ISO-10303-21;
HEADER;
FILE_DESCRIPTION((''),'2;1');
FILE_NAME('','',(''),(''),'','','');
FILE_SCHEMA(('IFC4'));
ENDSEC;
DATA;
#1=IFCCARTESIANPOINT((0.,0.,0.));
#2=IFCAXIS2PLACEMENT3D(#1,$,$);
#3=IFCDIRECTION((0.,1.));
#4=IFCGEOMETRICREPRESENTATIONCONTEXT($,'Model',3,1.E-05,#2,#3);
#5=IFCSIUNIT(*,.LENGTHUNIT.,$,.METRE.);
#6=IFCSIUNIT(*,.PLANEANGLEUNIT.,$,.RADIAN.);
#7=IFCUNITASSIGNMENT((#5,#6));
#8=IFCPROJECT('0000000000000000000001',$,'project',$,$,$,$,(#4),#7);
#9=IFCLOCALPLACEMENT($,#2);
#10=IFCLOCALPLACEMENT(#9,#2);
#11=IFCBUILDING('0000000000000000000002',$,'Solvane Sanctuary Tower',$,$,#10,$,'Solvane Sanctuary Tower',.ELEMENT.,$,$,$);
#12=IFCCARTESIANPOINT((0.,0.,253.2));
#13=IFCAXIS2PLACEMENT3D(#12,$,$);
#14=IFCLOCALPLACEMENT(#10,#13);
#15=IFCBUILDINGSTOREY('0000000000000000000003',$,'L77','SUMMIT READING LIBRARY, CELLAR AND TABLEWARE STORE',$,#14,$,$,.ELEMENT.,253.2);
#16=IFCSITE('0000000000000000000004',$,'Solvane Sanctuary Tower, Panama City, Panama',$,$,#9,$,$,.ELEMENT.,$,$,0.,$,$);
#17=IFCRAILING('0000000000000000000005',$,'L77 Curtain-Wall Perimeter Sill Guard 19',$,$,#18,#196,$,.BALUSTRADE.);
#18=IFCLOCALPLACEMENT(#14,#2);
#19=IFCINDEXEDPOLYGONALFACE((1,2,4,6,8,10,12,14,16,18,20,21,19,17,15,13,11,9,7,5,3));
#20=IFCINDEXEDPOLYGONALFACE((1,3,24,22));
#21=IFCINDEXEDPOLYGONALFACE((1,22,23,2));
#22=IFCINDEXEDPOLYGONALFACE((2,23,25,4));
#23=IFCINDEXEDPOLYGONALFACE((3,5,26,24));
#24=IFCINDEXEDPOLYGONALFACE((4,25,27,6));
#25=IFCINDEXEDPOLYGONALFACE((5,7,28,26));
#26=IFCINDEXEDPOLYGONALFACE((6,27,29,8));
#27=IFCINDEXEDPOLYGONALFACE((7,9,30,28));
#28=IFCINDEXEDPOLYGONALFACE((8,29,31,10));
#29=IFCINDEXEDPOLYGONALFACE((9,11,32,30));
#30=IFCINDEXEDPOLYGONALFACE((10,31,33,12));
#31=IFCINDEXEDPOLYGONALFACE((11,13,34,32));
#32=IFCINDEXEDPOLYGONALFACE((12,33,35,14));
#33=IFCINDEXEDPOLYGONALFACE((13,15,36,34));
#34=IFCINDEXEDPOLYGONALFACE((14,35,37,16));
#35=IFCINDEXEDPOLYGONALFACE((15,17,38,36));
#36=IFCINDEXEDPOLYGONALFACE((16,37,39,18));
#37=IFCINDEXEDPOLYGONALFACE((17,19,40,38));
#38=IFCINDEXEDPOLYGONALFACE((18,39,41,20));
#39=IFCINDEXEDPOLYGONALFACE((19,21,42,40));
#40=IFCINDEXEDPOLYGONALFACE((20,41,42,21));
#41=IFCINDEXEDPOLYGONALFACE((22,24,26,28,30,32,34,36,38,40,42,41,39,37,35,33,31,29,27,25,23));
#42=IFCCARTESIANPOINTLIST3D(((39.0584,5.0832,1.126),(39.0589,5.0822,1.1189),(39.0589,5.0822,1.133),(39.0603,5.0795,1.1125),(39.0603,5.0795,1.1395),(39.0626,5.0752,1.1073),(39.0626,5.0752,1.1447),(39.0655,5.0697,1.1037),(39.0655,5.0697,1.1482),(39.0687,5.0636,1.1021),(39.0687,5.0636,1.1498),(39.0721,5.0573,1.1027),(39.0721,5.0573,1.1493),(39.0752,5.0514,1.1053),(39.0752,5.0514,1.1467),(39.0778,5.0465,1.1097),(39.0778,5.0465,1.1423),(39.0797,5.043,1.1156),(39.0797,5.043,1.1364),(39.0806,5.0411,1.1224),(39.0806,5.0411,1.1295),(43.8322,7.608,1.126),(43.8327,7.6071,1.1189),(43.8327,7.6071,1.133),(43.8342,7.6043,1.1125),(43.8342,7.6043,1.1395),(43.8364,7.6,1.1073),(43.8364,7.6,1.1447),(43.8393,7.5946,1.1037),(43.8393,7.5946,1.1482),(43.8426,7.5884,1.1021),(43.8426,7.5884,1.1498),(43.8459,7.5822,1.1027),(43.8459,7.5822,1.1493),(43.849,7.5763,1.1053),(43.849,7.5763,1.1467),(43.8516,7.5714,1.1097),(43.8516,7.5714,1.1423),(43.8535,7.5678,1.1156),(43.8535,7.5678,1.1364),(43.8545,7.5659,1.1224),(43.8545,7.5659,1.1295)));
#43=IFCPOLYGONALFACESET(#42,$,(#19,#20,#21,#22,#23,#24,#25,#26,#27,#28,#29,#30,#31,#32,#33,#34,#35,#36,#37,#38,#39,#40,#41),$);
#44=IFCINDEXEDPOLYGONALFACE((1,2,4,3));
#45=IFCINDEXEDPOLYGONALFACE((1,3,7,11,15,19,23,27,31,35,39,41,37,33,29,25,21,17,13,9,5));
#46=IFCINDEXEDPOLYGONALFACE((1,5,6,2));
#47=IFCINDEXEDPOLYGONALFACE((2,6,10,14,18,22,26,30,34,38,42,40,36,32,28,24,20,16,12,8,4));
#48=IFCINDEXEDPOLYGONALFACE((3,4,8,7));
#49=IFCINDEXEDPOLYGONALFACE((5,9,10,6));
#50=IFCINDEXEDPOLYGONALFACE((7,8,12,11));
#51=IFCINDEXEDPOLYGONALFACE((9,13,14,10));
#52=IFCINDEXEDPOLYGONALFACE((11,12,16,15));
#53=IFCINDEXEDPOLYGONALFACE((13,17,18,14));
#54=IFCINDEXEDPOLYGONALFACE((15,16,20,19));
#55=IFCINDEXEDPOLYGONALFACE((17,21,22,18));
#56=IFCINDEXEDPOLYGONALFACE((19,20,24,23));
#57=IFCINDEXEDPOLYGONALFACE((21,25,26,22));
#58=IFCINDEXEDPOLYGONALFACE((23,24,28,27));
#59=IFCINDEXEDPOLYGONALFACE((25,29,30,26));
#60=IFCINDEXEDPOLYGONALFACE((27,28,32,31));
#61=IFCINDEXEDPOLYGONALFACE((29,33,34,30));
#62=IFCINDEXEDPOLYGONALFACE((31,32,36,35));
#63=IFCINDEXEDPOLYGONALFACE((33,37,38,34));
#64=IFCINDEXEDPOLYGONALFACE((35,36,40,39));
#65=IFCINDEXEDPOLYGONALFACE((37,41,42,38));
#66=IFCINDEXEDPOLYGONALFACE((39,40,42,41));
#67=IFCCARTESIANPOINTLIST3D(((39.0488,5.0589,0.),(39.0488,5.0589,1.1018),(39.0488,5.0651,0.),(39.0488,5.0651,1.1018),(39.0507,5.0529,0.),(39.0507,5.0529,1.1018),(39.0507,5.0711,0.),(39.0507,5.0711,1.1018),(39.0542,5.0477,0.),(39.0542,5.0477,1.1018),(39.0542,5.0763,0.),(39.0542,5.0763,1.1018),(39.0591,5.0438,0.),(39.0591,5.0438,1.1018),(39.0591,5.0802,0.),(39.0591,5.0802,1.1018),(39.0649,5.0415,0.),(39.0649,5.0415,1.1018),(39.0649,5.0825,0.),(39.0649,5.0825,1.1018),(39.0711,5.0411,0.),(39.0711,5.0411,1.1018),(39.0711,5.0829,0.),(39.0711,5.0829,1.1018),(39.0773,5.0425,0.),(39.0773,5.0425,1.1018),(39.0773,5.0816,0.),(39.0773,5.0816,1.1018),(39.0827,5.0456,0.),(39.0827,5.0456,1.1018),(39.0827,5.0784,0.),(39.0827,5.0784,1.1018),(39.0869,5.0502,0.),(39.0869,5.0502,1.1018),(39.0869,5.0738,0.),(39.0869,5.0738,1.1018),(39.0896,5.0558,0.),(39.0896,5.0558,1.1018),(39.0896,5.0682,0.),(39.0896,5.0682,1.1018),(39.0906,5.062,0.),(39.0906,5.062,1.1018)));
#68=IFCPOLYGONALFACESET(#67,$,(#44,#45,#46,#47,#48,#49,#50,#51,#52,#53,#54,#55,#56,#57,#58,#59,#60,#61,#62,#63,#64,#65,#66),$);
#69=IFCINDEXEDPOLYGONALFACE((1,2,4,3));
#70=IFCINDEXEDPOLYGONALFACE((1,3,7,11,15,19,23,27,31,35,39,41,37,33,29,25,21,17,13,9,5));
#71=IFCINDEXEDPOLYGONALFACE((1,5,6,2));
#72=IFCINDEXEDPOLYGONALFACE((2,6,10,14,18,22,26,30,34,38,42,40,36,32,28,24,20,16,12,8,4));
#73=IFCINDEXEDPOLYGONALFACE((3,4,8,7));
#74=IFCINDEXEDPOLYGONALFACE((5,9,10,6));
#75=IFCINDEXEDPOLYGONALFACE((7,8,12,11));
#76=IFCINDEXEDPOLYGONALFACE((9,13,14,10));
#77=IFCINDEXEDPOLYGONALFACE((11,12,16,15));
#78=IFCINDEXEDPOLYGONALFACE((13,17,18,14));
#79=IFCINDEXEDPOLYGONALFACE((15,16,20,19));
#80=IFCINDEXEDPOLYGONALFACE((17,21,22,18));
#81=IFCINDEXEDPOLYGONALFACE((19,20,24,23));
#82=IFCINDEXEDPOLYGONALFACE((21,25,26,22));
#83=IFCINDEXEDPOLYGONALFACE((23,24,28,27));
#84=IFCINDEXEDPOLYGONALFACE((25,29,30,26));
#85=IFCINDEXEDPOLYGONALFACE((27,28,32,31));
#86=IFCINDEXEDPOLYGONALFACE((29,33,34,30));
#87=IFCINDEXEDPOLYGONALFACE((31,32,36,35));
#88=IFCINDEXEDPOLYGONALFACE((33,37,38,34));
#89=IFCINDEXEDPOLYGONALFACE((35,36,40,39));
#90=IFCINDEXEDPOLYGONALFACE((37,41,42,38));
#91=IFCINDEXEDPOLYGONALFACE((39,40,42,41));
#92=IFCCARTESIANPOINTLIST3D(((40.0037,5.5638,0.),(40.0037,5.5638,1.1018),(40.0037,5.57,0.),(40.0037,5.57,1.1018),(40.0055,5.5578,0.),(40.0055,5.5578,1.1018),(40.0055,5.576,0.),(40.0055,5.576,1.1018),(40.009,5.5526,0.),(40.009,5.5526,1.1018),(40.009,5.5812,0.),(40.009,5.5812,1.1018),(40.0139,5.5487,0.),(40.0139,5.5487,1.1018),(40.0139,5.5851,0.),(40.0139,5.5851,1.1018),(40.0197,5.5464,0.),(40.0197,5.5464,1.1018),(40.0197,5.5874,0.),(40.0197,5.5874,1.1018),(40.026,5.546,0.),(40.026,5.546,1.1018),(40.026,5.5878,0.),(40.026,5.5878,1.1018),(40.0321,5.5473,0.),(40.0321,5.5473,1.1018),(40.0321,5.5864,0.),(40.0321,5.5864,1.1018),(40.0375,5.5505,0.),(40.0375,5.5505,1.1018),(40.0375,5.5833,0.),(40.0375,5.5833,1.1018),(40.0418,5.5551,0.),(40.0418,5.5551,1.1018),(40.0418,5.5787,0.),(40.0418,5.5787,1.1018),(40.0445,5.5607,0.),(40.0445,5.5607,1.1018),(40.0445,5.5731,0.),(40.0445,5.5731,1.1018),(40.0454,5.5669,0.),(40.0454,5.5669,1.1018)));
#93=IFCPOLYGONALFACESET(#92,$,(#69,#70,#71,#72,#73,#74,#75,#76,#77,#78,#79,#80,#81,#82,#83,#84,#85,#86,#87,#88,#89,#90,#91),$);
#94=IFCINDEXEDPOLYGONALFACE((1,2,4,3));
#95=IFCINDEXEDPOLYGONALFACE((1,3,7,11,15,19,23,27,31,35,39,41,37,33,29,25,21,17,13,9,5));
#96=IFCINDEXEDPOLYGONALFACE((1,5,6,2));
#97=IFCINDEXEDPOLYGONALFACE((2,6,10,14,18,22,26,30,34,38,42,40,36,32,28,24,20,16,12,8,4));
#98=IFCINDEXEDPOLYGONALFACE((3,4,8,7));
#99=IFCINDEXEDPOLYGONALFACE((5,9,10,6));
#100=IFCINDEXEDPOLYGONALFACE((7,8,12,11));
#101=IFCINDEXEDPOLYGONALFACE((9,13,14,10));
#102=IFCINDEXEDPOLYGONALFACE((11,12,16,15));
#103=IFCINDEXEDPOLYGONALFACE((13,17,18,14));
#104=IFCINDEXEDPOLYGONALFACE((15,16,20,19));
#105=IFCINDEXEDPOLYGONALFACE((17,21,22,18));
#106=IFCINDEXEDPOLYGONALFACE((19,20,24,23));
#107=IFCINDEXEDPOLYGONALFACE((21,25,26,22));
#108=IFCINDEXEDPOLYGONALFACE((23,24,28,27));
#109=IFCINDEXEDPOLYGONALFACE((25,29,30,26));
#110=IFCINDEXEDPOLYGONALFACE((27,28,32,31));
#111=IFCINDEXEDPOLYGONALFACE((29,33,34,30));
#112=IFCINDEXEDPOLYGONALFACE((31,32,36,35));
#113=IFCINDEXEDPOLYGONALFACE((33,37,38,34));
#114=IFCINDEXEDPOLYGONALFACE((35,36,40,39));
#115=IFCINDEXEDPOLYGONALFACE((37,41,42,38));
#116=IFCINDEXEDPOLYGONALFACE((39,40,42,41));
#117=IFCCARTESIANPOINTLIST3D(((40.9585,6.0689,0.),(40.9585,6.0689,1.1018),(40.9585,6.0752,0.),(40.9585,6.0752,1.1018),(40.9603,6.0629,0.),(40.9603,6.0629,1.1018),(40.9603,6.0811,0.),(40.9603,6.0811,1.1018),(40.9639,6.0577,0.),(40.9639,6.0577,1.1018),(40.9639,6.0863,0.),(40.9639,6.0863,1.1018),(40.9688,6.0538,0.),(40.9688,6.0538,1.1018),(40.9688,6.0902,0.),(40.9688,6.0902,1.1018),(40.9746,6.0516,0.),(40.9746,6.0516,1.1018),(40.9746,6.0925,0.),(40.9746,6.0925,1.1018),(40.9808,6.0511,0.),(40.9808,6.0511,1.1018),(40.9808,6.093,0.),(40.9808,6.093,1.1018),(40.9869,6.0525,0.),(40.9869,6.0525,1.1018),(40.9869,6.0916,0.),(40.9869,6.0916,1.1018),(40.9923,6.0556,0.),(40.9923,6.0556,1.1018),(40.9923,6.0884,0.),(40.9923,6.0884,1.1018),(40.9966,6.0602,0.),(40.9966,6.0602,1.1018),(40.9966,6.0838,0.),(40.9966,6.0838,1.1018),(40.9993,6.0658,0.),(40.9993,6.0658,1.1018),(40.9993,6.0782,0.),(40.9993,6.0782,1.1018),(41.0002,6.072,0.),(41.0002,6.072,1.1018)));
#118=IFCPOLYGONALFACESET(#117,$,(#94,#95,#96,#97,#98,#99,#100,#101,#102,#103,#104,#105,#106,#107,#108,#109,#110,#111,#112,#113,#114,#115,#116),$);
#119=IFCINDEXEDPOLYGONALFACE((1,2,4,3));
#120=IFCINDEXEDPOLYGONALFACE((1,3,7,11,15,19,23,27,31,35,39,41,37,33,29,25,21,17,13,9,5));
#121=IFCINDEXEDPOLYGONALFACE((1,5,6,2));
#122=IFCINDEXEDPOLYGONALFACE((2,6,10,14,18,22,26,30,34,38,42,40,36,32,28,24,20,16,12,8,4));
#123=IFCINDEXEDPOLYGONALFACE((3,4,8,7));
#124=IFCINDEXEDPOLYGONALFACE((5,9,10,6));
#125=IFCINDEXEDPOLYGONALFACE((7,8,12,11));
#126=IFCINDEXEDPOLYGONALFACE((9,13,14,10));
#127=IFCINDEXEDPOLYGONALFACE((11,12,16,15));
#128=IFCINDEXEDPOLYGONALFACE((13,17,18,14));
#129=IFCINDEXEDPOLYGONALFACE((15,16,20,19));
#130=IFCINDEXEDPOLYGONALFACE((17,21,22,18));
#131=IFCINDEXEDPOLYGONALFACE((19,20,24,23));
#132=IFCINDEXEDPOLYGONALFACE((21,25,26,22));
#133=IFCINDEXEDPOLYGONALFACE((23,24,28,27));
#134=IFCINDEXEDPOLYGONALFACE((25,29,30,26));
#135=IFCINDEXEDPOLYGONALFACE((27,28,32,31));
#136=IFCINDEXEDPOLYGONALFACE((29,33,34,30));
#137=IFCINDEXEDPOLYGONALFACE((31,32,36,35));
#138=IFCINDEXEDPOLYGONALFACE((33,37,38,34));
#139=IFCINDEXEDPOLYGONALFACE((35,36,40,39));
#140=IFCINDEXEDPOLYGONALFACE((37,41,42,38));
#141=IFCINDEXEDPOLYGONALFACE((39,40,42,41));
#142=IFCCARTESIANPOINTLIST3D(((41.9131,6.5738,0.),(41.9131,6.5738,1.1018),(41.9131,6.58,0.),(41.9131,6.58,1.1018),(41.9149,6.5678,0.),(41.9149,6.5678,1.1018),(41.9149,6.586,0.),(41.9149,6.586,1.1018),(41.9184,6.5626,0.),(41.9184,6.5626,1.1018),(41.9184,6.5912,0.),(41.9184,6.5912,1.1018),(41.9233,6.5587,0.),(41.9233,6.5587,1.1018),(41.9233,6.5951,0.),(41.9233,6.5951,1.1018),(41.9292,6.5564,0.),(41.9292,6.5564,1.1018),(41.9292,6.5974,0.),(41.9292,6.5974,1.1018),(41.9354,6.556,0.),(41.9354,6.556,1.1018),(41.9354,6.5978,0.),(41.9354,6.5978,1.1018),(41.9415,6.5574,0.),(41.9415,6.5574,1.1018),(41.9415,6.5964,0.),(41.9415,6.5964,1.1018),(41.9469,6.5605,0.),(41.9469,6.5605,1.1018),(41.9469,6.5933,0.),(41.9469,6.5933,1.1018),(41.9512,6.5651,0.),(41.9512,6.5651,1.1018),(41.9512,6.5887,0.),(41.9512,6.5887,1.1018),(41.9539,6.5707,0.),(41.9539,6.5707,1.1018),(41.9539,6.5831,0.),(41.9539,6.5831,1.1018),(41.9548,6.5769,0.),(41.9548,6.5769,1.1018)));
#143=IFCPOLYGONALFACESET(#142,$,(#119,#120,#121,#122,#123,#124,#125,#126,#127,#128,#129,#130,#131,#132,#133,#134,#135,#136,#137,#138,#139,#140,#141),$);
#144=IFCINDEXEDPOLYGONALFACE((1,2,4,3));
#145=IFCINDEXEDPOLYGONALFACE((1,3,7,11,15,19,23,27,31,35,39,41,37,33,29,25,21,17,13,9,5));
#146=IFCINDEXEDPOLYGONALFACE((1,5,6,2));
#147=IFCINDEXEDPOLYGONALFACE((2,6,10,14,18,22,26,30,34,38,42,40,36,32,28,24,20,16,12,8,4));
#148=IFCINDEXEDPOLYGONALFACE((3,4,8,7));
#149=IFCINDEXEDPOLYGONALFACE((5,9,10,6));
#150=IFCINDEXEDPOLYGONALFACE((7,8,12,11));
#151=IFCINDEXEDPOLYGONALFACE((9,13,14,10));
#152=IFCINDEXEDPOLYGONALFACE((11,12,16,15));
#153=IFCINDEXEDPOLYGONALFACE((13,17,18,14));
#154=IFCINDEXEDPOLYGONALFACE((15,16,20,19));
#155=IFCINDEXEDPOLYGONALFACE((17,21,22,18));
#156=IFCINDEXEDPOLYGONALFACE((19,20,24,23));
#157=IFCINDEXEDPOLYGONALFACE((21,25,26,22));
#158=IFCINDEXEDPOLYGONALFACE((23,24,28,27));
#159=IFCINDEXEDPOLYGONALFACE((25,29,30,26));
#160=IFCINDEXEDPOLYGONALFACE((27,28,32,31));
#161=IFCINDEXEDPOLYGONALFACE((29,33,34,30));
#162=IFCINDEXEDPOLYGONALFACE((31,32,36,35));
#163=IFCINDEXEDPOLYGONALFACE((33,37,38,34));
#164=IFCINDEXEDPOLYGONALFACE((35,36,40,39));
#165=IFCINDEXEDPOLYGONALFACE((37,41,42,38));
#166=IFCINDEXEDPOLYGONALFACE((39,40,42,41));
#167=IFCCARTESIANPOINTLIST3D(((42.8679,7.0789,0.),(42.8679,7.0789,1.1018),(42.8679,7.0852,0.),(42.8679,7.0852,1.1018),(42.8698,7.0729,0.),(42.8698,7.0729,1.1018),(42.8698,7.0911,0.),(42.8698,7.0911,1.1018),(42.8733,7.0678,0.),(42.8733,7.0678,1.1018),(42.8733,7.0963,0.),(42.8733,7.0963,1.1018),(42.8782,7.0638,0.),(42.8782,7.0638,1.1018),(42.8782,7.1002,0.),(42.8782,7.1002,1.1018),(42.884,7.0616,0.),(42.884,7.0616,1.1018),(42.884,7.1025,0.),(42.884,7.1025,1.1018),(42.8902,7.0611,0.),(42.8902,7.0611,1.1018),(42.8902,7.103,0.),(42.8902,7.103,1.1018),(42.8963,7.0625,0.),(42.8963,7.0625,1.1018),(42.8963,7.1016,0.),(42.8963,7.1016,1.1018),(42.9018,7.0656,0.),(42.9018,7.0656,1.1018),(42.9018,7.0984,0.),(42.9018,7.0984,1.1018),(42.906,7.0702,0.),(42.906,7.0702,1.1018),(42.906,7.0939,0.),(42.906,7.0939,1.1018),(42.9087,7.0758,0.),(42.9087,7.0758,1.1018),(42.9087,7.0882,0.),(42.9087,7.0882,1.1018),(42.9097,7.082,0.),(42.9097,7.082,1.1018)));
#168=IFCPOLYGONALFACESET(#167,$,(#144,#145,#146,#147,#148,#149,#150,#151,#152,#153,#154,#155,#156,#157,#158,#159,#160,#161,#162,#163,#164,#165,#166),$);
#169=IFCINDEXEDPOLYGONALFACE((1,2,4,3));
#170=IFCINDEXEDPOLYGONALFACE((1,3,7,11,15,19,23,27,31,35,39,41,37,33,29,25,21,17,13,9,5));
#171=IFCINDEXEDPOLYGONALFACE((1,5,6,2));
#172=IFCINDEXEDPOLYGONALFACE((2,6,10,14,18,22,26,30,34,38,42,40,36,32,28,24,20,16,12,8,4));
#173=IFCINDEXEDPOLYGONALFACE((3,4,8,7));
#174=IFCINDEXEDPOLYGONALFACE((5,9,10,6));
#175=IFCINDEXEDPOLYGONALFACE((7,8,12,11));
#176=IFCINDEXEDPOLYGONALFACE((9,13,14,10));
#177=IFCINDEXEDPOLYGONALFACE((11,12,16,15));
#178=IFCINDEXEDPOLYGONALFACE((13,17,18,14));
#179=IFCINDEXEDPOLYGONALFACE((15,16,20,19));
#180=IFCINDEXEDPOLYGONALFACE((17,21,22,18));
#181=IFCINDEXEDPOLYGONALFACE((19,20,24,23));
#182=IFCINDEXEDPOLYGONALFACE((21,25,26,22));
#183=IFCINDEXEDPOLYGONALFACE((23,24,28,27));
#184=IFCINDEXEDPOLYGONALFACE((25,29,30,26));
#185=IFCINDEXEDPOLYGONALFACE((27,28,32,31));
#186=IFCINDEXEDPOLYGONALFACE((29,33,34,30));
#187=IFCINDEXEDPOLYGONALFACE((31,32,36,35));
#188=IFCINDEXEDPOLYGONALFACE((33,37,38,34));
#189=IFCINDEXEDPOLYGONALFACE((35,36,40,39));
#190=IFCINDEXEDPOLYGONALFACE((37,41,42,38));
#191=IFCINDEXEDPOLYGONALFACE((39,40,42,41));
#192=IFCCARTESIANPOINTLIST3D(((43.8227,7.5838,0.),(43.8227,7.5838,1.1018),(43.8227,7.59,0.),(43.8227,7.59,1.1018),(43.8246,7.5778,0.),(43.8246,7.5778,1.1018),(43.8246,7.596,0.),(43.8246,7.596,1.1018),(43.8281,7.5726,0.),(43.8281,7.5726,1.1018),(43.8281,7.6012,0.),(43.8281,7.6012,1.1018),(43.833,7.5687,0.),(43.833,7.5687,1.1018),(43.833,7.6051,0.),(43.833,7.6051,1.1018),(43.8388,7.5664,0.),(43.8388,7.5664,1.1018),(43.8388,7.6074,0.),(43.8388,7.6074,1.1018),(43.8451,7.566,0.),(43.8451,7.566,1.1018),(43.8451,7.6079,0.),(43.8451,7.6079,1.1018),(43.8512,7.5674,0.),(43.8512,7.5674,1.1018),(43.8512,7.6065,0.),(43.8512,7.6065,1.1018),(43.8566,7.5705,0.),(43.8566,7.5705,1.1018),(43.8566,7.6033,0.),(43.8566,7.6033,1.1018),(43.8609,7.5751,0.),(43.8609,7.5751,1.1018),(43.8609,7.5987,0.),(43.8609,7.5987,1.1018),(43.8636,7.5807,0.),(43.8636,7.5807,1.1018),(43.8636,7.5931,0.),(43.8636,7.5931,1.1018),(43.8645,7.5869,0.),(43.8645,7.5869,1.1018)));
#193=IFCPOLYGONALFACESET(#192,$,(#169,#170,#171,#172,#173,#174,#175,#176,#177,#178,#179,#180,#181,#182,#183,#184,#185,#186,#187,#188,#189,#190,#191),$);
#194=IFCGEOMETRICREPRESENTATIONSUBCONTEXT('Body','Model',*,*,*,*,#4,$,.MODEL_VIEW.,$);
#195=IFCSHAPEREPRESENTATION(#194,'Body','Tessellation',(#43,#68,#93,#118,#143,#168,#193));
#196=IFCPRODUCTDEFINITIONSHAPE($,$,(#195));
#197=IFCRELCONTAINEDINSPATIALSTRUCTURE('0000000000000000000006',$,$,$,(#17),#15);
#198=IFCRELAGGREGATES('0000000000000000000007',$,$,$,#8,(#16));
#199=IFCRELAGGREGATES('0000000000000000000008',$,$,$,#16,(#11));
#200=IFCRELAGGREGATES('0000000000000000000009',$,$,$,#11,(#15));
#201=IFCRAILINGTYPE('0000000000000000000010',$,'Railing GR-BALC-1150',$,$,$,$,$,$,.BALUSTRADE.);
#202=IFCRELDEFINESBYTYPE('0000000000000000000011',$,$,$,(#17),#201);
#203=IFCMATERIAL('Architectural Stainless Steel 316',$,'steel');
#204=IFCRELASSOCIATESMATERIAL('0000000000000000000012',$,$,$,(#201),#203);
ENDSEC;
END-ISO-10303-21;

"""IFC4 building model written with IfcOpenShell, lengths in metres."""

from ifc_helpers import new_model, si_unit, direction, frame, origin, origin_2d, place, context, subcontext, project, spatial, circle, extrude, material, type_object, element, save


model = new_model("IFC4")

# Units and contexts
model_context = context("Model", 3, precision=1e-05, world=origin(), true_north=direction((0.0, 1.0)))
body_context = subcontext(model_context, "Body", "Model", "MODEL_VIEW")
ifc_project = project(units=[si_unit("LENGTHUNIT", "METRE"), si_unit("PLANEANGLEUNIT", "RADIAN")], contexts=[model_context])

# Site, building, storey
site_placement = place(None, origin())
site = spatial("IfcSite", under=ifc_project, at=site_placement, Name="Solvane Sanctuary Tower, Panama City, Panama", CompositionType="ELEMENT", RefElevation=0.0)
building_placement = place(site_placement, origin())
building = spatial("IfcBuilding", under=site, at=building_placement, Name="Solvane Sanctuary Tower", LongName="Solvane Sanctuary Tower", CompositionType="ELEMENT")
storey_placement = place(building_placement, frame((0.0, 0.0, 253.2)))
storey = spatial("IfcBuildingStorey", under=building, at=storey_placement, Name="L77", Description="SUMMIT READING LIBRARY, CELLAR AND TABLEWARE STORE", CompositionType="ELEMENT", Elevation=253.2)

# Shared definitions
ifc_material_1 = material(Name="Architectural Stainless Steel 316", Category="steel")

# Railing
railing_type = type_object("IfcRailingType", Name="Railing GR-BALC-1150", PredefinedType="BALUSTRADE", material=ifc_material_1)
railing_1_placement = place(storey_placement, frame((39.0696, 5.062, 0.0)))
element("IfcRailing", 1, at=railing_1_placement, inside=storey, type_object=railing_type, Name="L77 Curtain-Wall Perimeter Sill Guard 19", PredefinedType="BALUSTRADE", context=body_context, shape_type="SweptSolid", body=[
    extrude(circle(Radius=0.0239, at=origin_2d()), frame((0.0, 0.0, 1.126), z_axis=(0.883977, 0.46753, 0.0), x_axis=(-0.46753, 0.883977, 0.0)), (0.0, 0.0, 1.0), 5.4004),
    extrude(circle(Radius=0.021, at=origin_2d()), origin(), (0.0, 0.0, 1.0), 1.1018),
    extrude(circle(Radius=0.021, at=origin_2d()), frame((0.9548, 0.5049, 0.0)), (0.0, 0.0, 1.0), 1.1018),
    extrude(circle(Radius=0.021, at=origin_2d()), frame((1.9097, 1.01, 0.0)), (0.0, 0.0, 1.0), 1.1018),
    extrude(circle(Radius=0.021, at=origin_2d()), frame((2.8643, 1.5149, 0.0)), (0.0, 0.0, 1.0), 1.1018),
    extrude(circle(Radius=0.021, at=origin_2d()), frame((3.8191, 2.02, 0.0)), (0.0, 0.0, 1.0), 1.1018),
    extrude(circle(Radius=0.021, at=origin_2d()), frame((4.7739, 2.5249, 0.0)), (0.0, 0.0, 1.0), 1.1018),
])

save(model, "model.ifc")
